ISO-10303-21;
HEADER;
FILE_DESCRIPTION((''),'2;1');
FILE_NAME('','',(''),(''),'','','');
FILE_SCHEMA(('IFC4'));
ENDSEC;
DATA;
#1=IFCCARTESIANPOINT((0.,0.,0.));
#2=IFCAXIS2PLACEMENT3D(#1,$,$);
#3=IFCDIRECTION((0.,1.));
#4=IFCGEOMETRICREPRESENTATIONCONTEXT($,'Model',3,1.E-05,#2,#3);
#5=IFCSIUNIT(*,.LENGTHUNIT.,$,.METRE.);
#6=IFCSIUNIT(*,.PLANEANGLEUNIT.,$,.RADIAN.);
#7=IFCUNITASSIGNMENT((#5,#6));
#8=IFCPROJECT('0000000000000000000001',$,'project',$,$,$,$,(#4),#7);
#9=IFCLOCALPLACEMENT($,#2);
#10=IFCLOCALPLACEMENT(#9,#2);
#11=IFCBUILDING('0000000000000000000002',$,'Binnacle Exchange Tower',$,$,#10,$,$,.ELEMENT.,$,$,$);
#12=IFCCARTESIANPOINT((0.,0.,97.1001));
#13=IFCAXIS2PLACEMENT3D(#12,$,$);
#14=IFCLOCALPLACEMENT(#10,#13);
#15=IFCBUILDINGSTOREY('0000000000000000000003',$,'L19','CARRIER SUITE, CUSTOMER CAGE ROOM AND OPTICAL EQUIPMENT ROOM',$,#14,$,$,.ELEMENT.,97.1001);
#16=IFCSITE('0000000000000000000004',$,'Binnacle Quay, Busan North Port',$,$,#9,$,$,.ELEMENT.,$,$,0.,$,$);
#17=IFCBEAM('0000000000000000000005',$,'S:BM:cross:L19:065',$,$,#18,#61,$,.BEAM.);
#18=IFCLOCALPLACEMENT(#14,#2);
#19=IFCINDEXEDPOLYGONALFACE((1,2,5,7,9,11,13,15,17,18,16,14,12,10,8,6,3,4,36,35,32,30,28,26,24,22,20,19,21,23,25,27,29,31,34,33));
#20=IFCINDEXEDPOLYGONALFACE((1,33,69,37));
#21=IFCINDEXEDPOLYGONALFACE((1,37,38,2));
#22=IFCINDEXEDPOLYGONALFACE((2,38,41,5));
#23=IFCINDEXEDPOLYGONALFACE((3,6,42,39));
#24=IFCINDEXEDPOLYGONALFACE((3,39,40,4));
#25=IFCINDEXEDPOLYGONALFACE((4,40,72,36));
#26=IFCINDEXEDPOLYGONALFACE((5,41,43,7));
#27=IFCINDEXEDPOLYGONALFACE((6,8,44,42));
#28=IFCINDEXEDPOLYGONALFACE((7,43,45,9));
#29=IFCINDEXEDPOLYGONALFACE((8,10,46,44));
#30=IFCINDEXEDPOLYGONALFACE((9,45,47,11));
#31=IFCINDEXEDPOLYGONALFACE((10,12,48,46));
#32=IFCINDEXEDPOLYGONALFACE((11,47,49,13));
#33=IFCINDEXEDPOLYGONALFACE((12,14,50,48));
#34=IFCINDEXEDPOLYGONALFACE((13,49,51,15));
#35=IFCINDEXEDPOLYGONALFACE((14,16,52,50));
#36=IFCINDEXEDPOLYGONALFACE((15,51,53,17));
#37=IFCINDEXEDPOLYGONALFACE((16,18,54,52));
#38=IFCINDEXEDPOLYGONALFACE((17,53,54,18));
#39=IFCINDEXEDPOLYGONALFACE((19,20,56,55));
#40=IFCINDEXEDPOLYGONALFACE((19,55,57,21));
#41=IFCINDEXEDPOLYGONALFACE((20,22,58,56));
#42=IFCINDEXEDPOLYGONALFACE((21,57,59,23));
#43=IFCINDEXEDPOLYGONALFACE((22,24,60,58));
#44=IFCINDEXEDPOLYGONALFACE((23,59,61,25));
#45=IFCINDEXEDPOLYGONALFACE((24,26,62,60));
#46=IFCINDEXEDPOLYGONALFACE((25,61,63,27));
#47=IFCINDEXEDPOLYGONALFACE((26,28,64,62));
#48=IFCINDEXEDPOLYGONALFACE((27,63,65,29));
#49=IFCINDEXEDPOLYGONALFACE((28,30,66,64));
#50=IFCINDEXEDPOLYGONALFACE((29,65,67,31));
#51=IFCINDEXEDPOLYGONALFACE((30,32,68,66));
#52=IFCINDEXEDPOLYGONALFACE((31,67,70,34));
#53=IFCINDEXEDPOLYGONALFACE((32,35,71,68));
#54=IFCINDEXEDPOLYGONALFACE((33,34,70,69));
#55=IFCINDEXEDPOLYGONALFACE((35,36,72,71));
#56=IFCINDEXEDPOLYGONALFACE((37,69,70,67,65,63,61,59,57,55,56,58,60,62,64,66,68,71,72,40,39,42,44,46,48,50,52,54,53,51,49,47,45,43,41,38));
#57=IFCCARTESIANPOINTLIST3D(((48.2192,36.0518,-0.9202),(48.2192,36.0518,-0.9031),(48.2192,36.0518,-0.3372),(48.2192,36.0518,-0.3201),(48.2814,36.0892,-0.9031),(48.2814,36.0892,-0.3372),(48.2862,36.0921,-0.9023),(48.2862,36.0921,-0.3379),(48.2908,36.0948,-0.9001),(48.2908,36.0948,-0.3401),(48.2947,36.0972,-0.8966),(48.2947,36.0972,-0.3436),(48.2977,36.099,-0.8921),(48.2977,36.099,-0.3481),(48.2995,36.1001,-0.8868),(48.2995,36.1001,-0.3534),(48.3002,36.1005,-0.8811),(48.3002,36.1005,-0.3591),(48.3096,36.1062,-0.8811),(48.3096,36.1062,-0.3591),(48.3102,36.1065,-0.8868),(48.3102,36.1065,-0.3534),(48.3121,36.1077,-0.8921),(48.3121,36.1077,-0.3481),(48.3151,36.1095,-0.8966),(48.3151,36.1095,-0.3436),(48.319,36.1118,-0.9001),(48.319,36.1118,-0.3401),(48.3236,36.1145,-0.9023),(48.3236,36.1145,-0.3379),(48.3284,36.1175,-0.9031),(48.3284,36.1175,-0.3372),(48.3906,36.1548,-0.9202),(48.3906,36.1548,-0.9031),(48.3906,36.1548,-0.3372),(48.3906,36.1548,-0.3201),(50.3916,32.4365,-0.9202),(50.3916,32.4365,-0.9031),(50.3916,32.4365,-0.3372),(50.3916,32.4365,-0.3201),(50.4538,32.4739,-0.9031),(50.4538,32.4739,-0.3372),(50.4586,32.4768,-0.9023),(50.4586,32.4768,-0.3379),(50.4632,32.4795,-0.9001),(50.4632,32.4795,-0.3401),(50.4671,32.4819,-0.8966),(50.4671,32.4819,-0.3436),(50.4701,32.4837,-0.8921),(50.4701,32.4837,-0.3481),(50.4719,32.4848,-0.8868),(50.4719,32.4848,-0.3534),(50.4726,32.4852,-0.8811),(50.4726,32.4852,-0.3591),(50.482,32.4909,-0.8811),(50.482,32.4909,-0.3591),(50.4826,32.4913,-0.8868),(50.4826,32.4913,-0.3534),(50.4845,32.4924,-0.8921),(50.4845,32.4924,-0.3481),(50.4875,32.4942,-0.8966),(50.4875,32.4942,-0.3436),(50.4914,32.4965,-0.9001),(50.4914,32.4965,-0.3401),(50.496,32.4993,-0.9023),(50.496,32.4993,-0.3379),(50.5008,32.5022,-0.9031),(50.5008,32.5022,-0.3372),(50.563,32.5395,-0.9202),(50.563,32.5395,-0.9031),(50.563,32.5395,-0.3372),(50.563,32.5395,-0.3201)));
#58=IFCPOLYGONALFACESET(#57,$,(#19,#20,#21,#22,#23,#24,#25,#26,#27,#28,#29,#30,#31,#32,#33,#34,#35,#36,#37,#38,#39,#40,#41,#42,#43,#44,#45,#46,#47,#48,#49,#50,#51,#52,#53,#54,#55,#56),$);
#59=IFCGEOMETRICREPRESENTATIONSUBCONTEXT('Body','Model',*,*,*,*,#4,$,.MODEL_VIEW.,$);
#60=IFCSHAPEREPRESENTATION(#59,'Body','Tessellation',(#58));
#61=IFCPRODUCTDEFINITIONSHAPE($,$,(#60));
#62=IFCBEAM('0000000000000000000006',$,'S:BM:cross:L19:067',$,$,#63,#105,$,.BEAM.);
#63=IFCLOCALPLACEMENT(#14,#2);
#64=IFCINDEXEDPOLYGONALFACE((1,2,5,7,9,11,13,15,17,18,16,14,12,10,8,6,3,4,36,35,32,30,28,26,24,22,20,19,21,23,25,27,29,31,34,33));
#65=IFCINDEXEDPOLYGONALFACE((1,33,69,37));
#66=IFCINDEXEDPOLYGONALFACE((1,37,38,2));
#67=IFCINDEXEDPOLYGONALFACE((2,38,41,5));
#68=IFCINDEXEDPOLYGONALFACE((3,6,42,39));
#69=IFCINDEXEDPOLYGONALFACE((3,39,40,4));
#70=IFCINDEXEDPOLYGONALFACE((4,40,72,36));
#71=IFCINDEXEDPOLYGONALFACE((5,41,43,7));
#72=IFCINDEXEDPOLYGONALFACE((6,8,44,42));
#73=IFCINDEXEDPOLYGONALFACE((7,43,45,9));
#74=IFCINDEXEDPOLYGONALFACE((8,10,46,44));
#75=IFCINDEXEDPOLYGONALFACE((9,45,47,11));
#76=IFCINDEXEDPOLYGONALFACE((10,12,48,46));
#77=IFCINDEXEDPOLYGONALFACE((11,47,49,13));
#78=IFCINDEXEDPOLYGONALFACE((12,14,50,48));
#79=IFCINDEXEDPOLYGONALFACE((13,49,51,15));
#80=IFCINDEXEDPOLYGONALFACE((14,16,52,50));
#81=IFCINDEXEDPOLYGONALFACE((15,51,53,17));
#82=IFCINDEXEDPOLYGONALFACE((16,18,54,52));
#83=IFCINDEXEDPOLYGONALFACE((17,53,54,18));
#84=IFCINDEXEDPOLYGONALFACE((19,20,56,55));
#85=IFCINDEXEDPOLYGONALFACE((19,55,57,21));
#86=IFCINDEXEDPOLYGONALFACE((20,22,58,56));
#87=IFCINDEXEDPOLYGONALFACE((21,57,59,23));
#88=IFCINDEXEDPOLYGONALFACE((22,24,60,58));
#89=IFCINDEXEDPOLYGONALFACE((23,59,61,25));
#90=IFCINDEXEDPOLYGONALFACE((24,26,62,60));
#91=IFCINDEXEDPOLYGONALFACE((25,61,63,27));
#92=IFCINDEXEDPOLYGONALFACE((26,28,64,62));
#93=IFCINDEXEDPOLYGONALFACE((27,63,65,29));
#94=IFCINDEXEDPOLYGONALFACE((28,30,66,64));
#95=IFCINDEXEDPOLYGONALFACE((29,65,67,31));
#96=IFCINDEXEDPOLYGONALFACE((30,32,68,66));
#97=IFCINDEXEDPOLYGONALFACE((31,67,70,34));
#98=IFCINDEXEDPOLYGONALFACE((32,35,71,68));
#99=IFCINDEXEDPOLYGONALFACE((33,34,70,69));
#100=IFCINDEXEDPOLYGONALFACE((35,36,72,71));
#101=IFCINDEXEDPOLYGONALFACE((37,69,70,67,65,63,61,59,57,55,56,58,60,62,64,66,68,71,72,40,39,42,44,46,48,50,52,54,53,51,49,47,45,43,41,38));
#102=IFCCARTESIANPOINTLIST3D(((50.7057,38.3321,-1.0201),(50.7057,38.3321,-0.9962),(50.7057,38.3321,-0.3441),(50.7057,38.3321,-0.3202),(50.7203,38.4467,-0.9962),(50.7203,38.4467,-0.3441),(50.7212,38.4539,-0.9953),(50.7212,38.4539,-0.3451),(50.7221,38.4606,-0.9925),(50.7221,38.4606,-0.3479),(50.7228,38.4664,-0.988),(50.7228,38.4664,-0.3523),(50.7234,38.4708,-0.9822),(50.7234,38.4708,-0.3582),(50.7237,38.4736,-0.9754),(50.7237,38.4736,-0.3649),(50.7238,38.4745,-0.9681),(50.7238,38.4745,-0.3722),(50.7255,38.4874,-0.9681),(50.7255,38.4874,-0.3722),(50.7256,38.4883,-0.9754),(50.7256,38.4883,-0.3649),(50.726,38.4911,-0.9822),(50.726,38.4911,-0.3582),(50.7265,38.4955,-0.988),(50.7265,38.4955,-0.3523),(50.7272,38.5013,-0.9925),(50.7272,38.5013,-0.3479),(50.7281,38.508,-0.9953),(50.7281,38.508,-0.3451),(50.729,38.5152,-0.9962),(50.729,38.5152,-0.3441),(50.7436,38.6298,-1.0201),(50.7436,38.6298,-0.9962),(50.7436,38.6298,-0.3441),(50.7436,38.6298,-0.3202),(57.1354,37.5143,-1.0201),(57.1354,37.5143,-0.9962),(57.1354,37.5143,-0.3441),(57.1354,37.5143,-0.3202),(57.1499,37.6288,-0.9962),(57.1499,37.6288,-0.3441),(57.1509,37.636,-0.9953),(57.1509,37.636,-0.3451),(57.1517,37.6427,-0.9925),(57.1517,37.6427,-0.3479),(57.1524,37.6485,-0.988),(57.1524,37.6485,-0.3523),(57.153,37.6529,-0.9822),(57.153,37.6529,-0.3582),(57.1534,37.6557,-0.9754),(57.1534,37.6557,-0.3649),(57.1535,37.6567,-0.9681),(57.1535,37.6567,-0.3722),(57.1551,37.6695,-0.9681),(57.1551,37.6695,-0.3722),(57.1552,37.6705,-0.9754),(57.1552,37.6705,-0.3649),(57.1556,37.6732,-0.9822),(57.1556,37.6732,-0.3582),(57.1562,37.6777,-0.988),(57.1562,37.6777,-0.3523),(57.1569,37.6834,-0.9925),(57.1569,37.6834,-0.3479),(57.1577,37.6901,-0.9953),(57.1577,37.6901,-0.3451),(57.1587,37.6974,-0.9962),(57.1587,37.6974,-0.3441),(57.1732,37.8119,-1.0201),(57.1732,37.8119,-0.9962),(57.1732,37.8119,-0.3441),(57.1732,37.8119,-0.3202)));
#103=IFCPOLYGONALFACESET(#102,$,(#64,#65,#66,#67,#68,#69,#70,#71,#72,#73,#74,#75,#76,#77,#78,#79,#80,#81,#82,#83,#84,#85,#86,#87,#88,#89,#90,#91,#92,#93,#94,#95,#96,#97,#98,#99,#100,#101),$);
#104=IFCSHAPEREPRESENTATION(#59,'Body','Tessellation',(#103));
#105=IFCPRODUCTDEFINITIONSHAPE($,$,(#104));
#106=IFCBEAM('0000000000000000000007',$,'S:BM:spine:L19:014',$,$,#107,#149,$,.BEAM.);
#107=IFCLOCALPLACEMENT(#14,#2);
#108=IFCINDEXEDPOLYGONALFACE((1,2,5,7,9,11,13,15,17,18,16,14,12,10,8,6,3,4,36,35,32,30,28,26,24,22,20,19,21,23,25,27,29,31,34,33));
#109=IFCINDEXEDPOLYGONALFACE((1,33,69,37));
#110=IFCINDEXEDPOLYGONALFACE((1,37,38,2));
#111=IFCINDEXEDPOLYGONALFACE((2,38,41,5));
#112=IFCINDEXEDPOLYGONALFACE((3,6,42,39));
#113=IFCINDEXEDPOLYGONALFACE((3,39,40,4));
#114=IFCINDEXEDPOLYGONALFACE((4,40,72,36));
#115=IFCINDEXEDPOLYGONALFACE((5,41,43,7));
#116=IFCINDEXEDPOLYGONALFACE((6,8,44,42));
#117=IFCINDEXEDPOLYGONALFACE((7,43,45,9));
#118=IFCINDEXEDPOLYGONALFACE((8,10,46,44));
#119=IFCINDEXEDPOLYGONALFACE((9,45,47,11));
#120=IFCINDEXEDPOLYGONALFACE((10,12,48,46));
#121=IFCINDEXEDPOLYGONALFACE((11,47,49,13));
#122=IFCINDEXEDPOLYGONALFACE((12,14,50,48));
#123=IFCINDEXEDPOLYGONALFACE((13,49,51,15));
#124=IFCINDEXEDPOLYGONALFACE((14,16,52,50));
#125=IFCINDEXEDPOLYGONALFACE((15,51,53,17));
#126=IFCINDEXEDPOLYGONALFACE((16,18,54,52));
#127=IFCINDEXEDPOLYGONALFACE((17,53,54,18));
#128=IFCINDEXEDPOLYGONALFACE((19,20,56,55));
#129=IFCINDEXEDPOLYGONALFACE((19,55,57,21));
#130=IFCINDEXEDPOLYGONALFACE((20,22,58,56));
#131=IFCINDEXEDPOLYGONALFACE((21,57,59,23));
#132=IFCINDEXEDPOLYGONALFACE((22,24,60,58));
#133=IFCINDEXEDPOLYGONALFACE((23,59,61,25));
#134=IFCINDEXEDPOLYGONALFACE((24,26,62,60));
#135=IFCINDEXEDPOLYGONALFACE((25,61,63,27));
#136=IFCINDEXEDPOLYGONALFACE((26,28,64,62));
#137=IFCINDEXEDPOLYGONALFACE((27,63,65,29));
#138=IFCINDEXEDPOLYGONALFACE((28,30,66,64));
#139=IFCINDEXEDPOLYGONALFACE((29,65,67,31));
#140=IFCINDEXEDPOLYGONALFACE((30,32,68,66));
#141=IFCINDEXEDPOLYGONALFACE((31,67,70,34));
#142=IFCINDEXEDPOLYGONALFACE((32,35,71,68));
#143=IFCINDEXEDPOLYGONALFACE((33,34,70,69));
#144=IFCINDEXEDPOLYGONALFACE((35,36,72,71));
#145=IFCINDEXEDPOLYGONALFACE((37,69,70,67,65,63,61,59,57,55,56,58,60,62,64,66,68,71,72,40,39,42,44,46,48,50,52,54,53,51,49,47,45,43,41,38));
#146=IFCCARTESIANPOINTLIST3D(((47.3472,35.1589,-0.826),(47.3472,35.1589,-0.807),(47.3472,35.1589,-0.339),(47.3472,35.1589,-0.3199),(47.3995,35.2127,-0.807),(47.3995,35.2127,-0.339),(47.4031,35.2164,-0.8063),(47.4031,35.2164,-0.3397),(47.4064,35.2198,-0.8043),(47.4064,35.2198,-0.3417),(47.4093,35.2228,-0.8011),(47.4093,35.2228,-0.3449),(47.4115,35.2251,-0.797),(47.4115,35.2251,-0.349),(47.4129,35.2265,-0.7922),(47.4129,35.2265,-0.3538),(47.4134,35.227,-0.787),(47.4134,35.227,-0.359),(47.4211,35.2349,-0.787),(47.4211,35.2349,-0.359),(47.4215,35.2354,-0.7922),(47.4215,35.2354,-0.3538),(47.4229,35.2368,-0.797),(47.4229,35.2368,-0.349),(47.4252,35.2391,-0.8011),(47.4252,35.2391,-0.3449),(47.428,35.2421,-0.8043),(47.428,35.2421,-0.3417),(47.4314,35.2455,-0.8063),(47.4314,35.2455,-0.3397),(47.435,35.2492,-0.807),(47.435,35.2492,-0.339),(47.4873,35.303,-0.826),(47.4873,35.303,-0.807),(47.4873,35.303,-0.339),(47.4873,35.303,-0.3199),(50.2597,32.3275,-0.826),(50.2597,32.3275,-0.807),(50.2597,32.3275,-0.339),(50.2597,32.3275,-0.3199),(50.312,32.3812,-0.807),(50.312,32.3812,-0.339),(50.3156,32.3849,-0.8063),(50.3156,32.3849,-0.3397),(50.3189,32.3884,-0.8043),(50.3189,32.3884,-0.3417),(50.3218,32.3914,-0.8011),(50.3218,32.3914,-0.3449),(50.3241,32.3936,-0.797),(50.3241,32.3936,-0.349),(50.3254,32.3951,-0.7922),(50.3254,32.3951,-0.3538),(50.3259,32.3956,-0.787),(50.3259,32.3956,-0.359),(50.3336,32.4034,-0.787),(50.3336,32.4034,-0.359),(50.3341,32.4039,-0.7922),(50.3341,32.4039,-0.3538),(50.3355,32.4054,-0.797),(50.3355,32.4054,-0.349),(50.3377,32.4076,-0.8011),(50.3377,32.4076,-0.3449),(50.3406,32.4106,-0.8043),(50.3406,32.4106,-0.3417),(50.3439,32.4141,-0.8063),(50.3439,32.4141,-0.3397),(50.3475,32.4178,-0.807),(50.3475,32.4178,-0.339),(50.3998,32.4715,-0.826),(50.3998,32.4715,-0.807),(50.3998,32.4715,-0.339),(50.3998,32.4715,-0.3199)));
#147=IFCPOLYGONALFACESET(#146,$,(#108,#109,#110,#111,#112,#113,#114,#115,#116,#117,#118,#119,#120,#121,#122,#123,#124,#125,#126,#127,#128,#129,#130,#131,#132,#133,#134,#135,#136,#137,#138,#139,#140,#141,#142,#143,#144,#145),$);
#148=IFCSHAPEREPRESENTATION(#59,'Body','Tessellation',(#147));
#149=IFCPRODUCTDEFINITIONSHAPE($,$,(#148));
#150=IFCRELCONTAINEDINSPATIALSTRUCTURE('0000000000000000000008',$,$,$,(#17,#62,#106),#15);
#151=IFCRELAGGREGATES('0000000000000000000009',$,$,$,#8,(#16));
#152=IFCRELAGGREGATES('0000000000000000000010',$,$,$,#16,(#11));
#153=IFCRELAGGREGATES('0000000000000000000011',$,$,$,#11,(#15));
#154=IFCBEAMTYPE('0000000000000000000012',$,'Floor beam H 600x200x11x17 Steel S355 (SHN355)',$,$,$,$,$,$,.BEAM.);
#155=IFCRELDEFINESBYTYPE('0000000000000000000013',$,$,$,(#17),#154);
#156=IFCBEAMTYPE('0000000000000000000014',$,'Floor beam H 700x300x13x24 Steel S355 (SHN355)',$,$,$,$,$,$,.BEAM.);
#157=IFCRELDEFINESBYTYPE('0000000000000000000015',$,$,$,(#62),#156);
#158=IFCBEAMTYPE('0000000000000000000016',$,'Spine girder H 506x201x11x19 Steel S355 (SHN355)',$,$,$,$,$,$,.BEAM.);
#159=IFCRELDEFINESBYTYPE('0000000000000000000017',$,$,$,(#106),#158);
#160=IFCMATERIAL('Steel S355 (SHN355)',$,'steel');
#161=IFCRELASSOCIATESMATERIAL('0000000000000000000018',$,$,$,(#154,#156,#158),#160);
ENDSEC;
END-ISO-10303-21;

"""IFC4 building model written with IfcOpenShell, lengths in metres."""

from ifc_helpers import new_model, si_unit, direction, frame, origin, origin_2d, place, context, subcontext, project, spatial, i_section, extrude, material, material_profile, profile_set, type_object, element, save


model = new_model("IFC4")

# Units and contexts
model_context = context("Model", 3, precision=1e-05, world=origin(), true_north=direction((0.0, 1.0)))
body_context = subcontext(model_context, "Body", "Model", "MODEL_VIEW")
ifc_project = project(units=[si_unit("LENGTHUNIT", "METRE"), si_unit("PLANEANGLEUNIT", "RADIAN")], contexts=[model_context])

# Site, building, storey
site_placement = place(None, origin())
site = spatial("IfcSite", under=ifc_project, at=site_placement, Name="Binnacle Quay, Busan North Port", CompositionType="ELEMENT", RefElevation=0.0)
building_placement = place(site_placement, origin())
building = spatial("IfcBuilding", under=site, at=building_placement, Name="Binnacle Exchange Tower", CompositionType="ELEMENT")
storey_placement = place(building_placement, frame((0.0, 0.0, 97.1001)))
storey = spatial("IfcBuildingStorey", under=building, at=storey_placement, Name="L19", Description="CARRIER SUITE, CUSTOMER CAGE ROOM AND OPTICAL EQUIPMENT ROOM", CompositionType="ELEMENT", Elevation=97.1001)

# Beams
ifc_material_1 = material(Name="Steel S355 (SHN355)", Category="steel")
ifc_material_profile_1 = material_profile(ifc_material_1, i_section(OverallWidth=0.2, OverallDepth=0.6001, WebThickness=0.011, FlangeThickness=0.0171, FilletRadius=0.022, at=origin_2d()), Name="H 600x200x11x17")
ifc_profile_set_1 = profile_set([ifc_material_profile_1], Name="Steel S355 (SHN355)")
beam_type_1 = type_object("IfcBeamType", Name="Floor beam H 600x200x11x17 Steel S355 (SHN355)", PredefinedType="BEAM", material=ifc_profile_set_1)
beam_1_placement = place(storey_placement, frame((50.4773, 32.488, -0.6201), z_axis=(-0.515057, 0.857156, 0.0), x_axis=(-0.857156, -0.515057, 0.0)))
element("IfcBeam", 1, at=beam_1_placement, inside=storey, type_object=beam_type_1, Name="S:BM:cross:L19:065", PredefinedType="BEAM", context=body_context, shape_type="SweptSolid", body=[
    extrude(i_section(OverallWidth=0.2, OverallDepth=0.6001, WebThickness=0.011, FlangeThickness=0.0171, FilletRadius=0.022, at=origin_2d()), origin(), (0.0, 0.0, 1.0), 4.2178),
])
ifc_material_profile_2 = material_profile(ifc_material_1, i_section(OverallWidth=0.3, OverallDepth=0.7, WebThickness=0.0129, FlangeThickness=0.0239, FilletRadius=0.0281, at=origin_2d()), Name="H 700x300x13x24")
ifc_profile_set_2 = profile_set([ifc_material_profile_2], Name="Steel S355 (SHN355)")
beam_type_2 = type_object("IfcBeamType", Name="Floor beam H 700x300x13x24 Steel S355 (SHN355)", PredefinedType="BEAM", material=ifc_profile_set_2)
beam_2_placement = place(storey_placement, frame((57.1543, 37.6631, -0.6702), z_axis=(-0.992007, 0.126186, 0.0), x_axis=(-0.126186, -0.992007, 0.0)))
element("IfcBeam", 2, at=beam_2_placement, inside=storey, type_object=beam_type_2, Name="S:BM:cross:L19:067", PredefinedType="BEAM", context=body_context, shape_type="SweptSolid", body=[
    extrude(i_section(OverallWidth=0.3, OverallDepth=0.7, WebThickness=0.0129, FlangeThickness=0.0239, FilletRadius=0.0281, at=origin_2d()), origin(), (0.0, 0.0, 1.0), 6.4814),
])
ifc_material_profile_3 = material_profile(ifc_material_1, i_section(OverallWidth=0.2009, OverallDepth=0.5061, WebThickness=0.011, FlangeThickness=0.019, FilletRadius=0.02, at=origin_2d()), Name="H 506x201x11x19")
ifc_profile_set_3 = profile_set([ifc_material_profile_3], Name="Steel S355 (SHN355)")
beam_type_3 = type_object("IfcBeamType", Name="Spine girder H 506x201x11x19 Steel S355 (SHN355)", PredefinedType="BEAM", material=ifc_profile_set_3)
beam_3_placement = place(storey_placement, frame((47.4172, 35.231, -0.573), z_axis=(0.717013, -0.69706, 0.0), x_axis=(0.69706, 0.717013, 0.0)))
element("IfcBeam", 3, at=beam_3_placement, inside=storey, type_object=beam_type_3, Name="S:BM:spine:L19:014", PredefinedType="BEAM", context=body_context, shape_type="SweptSolid", body=[
    extrude(i_section(OverallWidth=0.2009, OverallDepth=0.5061, WebThickness=0.011, FlangeThickness=0.019, FilletRadius=0.02, at=origin_2d()), origin(), (0.0, 0.0, 1.0), 4.062),
])

save(model, "model.ifc")
